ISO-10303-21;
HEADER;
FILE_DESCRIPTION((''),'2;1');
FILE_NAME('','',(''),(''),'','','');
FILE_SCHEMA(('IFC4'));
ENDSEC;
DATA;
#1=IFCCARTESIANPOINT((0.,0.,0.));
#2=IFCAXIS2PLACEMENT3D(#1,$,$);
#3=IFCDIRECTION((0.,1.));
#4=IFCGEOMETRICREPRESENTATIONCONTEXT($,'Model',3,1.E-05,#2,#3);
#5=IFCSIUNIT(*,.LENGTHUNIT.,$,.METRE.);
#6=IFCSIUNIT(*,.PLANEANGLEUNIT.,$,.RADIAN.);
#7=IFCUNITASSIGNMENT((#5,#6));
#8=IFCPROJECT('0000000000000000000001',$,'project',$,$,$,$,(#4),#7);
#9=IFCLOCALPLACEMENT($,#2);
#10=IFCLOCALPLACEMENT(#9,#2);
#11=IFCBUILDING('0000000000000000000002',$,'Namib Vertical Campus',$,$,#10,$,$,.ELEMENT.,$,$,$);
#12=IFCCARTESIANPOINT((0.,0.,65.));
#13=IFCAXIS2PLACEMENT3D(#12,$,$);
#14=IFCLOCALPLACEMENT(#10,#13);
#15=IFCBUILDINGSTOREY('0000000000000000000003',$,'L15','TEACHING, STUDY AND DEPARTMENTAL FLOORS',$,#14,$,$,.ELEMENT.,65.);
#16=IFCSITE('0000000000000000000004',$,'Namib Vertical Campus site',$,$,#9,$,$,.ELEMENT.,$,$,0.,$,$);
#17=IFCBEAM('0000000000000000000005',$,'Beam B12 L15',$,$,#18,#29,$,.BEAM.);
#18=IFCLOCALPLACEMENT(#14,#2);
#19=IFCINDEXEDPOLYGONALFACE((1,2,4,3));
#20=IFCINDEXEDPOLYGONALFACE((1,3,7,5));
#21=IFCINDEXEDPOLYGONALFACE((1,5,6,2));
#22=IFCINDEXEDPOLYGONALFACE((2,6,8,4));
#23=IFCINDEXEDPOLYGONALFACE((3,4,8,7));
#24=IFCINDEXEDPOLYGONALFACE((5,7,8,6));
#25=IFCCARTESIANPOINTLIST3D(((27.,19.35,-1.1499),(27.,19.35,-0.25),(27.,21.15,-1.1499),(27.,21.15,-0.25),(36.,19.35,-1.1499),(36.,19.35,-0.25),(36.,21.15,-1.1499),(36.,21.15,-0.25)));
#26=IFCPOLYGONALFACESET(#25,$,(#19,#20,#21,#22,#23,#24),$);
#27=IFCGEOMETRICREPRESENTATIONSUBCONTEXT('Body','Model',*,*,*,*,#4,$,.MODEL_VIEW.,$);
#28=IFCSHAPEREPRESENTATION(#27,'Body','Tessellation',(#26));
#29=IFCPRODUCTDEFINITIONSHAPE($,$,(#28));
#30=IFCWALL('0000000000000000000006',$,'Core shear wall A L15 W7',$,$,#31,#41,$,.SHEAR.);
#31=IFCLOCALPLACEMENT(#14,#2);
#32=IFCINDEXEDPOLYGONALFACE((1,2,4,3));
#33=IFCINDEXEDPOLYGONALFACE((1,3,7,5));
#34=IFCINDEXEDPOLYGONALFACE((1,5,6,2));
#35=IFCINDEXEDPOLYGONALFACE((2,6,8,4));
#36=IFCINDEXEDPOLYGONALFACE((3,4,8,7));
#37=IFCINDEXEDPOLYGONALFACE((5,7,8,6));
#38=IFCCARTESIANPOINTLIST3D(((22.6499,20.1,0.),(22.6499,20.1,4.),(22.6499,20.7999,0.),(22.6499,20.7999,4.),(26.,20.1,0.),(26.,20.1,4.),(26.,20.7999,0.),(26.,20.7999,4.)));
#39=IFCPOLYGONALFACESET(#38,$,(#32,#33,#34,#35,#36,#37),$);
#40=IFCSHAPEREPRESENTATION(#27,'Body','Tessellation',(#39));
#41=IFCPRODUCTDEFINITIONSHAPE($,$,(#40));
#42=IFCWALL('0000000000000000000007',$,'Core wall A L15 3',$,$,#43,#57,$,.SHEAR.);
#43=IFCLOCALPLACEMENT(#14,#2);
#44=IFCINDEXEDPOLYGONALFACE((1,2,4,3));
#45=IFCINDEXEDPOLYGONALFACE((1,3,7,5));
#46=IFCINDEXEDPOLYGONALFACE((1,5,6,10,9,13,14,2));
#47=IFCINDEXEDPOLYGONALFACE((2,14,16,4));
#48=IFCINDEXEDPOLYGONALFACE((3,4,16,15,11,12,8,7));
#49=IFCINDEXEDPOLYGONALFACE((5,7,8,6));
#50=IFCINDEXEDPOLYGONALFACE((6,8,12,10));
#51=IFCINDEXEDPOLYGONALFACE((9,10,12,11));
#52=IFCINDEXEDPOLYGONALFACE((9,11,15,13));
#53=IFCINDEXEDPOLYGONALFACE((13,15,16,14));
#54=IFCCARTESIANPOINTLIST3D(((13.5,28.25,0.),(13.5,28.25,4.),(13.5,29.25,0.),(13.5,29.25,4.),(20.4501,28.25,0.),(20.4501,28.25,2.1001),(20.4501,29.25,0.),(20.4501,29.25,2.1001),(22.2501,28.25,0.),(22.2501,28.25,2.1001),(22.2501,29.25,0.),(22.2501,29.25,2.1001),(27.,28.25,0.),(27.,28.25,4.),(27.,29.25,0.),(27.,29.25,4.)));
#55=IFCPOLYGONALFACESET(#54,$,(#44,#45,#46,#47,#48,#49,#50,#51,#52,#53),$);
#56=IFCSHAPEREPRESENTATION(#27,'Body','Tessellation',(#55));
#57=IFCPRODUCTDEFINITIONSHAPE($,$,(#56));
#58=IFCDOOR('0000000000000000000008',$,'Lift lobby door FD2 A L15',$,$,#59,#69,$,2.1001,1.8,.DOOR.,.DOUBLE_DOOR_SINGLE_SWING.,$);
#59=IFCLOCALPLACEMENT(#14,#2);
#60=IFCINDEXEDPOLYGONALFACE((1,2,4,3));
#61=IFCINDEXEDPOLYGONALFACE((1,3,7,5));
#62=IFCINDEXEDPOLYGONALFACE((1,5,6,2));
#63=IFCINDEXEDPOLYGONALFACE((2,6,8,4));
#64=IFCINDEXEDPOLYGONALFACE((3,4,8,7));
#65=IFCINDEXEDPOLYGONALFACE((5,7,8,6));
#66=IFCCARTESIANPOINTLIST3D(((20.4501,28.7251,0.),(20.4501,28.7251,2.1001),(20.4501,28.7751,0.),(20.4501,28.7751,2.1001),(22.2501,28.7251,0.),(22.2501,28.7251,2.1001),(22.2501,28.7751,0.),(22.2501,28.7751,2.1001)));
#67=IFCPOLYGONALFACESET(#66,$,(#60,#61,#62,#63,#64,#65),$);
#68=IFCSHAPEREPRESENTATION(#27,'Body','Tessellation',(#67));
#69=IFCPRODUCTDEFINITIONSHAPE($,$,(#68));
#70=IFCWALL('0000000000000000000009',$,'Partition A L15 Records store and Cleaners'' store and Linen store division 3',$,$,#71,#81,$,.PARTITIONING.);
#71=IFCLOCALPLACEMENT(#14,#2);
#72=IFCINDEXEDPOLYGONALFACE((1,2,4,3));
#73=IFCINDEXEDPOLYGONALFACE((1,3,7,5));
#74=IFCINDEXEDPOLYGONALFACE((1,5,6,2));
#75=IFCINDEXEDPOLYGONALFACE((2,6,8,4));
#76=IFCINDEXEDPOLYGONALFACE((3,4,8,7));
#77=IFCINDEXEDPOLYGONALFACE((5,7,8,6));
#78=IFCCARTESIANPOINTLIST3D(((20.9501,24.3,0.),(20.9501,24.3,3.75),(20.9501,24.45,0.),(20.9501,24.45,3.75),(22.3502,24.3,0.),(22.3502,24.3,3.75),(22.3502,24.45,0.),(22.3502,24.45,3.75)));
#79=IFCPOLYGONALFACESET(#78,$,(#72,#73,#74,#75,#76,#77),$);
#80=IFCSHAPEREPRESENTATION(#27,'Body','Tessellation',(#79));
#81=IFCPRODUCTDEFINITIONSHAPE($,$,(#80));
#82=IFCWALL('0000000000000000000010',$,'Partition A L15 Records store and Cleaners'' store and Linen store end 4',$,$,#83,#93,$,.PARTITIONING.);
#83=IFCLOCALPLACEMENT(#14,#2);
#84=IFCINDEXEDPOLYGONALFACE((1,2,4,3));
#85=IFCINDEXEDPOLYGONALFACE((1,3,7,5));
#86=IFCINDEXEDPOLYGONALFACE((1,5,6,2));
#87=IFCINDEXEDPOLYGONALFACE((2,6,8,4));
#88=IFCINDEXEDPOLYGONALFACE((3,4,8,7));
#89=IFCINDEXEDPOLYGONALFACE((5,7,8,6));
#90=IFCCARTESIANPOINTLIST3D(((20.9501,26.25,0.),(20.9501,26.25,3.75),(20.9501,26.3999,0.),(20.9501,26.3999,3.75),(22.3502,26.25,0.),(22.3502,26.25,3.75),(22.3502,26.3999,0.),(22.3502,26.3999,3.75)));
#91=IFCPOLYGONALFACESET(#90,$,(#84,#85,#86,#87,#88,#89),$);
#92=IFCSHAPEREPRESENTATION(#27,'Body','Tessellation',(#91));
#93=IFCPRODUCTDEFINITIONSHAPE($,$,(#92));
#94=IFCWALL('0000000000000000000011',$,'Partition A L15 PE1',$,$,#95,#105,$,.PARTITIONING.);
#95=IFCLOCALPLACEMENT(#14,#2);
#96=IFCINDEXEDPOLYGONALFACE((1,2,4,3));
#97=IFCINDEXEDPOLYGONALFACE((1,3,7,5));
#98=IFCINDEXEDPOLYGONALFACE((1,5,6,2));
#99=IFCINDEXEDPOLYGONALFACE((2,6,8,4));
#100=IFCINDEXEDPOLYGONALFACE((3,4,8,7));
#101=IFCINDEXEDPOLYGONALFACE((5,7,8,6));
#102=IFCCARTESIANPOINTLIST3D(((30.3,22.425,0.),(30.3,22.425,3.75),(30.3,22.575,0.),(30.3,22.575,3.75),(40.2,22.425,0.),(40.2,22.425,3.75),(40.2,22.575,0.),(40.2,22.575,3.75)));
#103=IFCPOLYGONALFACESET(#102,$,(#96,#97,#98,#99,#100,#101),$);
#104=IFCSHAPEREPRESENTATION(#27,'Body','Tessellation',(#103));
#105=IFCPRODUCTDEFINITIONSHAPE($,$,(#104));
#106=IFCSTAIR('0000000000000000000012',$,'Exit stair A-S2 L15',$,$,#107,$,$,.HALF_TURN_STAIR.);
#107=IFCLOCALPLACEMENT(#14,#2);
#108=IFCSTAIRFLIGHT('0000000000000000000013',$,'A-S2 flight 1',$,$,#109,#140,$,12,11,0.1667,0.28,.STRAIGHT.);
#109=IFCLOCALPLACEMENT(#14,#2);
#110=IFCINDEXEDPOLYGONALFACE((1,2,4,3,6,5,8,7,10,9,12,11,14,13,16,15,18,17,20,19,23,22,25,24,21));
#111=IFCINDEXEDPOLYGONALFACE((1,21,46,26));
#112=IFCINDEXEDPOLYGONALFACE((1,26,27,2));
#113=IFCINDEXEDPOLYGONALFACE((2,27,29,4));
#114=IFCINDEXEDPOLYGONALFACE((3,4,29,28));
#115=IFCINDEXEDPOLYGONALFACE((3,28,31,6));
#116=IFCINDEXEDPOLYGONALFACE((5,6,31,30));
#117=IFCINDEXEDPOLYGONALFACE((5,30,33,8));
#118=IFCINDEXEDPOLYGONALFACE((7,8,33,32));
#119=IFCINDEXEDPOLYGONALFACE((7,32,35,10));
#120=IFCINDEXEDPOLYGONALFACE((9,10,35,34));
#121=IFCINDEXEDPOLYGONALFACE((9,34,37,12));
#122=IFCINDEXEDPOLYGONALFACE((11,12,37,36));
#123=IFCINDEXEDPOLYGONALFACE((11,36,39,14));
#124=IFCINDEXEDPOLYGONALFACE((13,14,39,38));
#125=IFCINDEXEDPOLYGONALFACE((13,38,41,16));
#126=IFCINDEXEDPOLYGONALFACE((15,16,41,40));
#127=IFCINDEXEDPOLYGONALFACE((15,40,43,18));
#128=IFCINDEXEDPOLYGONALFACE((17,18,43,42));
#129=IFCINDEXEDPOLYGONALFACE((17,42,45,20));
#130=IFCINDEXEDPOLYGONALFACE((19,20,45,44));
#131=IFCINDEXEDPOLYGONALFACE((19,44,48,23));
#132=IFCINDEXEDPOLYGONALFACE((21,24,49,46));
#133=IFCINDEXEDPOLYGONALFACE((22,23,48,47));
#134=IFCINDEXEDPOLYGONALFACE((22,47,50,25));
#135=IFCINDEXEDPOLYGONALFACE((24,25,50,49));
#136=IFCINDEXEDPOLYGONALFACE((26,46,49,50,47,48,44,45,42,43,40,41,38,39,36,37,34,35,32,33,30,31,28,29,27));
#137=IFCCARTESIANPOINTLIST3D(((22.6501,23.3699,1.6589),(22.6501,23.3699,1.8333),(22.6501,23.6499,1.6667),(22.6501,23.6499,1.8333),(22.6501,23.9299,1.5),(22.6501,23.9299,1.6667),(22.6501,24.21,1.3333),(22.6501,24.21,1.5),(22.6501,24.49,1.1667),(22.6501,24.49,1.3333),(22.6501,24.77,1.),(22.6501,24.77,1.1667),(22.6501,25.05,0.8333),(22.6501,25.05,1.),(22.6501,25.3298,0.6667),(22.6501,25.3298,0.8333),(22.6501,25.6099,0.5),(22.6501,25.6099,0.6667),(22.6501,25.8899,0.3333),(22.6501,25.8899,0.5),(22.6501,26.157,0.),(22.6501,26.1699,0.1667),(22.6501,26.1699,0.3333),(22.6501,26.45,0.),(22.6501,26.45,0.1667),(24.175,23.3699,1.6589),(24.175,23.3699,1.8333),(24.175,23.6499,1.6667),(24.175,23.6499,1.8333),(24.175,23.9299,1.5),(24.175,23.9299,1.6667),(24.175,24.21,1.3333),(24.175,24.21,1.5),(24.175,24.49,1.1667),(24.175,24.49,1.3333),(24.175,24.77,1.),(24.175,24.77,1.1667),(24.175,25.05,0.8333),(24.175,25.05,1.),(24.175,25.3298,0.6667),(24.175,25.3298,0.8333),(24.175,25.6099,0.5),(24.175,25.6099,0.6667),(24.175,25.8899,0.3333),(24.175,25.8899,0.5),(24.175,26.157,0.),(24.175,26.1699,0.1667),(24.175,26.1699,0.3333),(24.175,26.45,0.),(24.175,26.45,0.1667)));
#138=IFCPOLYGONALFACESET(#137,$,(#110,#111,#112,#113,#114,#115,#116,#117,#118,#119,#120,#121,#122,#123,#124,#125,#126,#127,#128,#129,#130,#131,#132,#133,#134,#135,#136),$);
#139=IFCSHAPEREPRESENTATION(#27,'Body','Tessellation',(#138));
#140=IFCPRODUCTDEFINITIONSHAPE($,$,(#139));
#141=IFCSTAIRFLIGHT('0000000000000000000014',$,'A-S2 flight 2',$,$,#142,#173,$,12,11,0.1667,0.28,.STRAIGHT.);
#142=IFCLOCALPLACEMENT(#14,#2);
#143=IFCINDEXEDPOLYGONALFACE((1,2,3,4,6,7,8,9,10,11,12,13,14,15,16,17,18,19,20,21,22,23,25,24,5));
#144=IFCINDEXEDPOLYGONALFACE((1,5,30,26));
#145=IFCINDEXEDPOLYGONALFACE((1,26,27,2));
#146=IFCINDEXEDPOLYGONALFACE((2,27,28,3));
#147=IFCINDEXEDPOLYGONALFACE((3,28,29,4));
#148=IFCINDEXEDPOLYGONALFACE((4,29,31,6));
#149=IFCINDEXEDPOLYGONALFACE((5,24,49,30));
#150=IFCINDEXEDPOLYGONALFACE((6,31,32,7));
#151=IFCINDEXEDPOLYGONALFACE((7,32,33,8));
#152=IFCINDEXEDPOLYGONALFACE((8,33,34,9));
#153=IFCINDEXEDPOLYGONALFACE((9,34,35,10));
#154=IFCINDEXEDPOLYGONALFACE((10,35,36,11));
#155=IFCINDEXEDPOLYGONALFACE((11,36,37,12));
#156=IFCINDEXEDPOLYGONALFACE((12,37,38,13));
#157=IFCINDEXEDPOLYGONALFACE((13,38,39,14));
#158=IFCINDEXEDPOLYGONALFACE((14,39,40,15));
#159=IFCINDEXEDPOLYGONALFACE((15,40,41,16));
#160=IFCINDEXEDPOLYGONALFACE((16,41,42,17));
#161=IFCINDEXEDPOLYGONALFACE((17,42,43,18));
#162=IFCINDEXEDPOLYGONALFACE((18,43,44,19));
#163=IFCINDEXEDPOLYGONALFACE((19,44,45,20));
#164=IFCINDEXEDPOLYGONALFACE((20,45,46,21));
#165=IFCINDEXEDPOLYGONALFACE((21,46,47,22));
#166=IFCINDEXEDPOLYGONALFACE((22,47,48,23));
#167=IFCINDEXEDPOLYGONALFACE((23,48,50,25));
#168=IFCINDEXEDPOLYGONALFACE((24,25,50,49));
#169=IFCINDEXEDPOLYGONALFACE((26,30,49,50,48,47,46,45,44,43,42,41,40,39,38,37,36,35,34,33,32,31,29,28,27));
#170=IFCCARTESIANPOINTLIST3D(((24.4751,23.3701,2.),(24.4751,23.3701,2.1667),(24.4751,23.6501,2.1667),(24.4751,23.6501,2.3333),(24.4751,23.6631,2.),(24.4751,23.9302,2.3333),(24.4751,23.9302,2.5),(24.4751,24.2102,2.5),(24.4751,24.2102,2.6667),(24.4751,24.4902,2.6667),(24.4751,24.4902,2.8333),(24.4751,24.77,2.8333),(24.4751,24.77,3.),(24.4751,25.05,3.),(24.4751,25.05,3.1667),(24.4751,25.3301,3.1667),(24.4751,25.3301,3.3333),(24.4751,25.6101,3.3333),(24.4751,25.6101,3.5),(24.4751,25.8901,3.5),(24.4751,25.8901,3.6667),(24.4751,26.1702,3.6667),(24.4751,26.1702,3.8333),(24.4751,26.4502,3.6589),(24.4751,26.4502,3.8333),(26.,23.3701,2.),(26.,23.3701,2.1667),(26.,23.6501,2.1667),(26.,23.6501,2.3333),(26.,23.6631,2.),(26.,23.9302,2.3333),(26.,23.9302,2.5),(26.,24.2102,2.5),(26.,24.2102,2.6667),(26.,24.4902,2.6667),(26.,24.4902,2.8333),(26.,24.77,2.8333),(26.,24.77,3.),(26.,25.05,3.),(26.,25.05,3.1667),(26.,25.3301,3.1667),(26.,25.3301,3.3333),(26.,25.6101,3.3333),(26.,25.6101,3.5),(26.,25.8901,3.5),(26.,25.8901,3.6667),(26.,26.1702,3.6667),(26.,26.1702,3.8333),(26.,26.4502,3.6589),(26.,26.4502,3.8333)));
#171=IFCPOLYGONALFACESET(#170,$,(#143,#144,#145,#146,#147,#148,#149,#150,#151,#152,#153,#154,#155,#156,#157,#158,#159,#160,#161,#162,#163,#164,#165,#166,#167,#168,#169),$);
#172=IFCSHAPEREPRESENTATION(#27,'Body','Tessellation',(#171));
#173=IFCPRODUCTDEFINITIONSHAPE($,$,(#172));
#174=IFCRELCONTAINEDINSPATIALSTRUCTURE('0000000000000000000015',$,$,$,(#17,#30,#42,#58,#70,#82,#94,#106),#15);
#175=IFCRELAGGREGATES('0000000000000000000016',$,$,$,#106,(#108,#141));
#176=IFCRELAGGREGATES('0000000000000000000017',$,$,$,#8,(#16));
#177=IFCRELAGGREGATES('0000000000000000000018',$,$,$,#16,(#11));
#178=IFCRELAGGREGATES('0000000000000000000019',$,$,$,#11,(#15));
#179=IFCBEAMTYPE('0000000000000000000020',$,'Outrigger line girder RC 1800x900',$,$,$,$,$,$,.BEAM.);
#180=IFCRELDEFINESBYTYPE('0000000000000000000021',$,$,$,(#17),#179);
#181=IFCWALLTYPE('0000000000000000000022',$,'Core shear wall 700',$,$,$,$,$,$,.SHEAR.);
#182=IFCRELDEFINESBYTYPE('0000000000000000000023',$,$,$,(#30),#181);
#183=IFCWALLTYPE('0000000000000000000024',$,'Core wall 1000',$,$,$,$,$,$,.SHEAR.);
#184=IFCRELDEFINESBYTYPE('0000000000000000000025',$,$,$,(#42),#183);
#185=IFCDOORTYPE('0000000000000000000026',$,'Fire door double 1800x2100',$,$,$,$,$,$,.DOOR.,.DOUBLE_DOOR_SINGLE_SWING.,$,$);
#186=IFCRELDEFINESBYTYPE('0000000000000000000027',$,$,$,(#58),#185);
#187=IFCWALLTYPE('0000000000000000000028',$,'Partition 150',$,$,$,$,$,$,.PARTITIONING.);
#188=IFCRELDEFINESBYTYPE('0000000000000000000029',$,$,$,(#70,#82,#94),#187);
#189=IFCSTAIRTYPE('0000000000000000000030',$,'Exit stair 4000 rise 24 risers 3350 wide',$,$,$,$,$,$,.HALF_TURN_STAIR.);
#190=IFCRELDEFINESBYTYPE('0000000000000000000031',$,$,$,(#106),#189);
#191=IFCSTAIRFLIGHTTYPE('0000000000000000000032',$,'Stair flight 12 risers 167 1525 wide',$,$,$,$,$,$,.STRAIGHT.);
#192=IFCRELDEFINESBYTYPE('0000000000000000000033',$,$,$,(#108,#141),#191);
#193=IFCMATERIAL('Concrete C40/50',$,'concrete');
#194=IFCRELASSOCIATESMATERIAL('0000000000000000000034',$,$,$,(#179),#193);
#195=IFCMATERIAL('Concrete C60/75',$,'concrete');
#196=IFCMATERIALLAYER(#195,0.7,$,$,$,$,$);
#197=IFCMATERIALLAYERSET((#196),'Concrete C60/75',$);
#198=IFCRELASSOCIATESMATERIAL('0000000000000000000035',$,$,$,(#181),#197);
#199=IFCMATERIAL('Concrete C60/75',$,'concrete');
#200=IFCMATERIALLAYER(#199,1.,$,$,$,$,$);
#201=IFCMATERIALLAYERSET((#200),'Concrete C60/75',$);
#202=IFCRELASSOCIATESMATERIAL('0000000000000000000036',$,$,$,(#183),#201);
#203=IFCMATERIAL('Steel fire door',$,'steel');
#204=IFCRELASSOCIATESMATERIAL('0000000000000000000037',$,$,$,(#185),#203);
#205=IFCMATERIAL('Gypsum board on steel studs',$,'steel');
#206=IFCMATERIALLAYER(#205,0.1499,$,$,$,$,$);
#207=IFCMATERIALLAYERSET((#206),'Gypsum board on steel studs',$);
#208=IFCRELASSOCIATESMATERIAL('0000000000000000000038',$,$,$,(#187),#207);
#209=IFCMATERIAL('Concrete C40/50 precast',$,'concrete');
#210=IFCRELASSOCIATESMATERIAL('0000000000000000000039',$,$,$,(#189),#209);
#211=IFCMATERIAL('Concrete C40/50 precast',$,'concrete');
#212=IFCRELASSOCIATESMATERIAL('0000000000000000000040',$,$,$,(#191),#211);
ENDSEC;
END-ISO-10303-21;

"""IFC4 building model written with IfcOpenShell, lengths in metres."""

from ifc_helpers import new_model, si_unit, direction, frame, frame_2d, origin, origin_2d, place, context, subcontext, project, spatial, polyline, rectangle, outline, extrude, material, layer, layer_set, material_profile, profile_set, type_object, element, fill, aggregate, save


model = new_model("IFC4")

# Units and contexts
model_context = context("Model", 3, precision=1e-05, world=origin(), true_north=direction((0.0, 1.0)))
body_context = subcontext(model_context, "Body", "Model", "MODEL_VIEW")
ifc_project = project(units=[si_unit("LENGTHUNIT", "METRE"), si_unit("PLANEANGLEUNIT", "RADIAN")], contexts=[model_context])

# Site, building, storey
site_placement = place(None, origin())
site = spatial("IfcSite", under=ifc_project, at=site_placement, Name="Namib Vertical Campus site", CompositionType="ELEMENT", RefElevation=0.0)
building_placement = place(site_placement, origin())
building = spatial("IfcBuilding", under=site, at=building_placement, Name="Namib Vertical Campus", CompositionType="ELEMENT")
storey_placement = place(building_placement, frame((0.0, 0.0, 65.0)))
storey = spatial("IfcBuildingStorey", under=building, at=storey_placement, Name="L15", Description="TEACHING, STUDY AND DEPARTMENTAL FLOORS", CompositionType="ELEMENT", Elevation=65.0)

# Beam
ifc_material_1 = material(Name="Concrete C40/50", Category="concrete")
ifc_material_profile_1 = material_profile(ifc_material_1, rectangle(XDim=1.8, YDim=0.8999, at=origin_2d()))
ifc_profile_set_1 = profile_set([ifc_material_profile_1], Name="Concrete C40/50")
beam_type_1 = type_object("IfcBeamType", Name="Outrigger line girder RC 1800x900", PredefinedType="BEAM", material=ifc_profile_set_1)
beam_1_placement = place(storey_placement, frame((36.0, 20.25, -0.7), z_axis=(-1.0, 0.0, 0.0), x_axis=(0.0, -1.0, 0.0)))
element("IfcBeam", 1, at=beam_1_placement, inside=storey, type_object=beam_type_1, Name="Beam B12 L15", PredefinedType="BEAM", context=body_context, shape_type="SweptSolid", body=[
    extrude(rectangle(XDim=1.8, YDim=0.8999, at=origin_2d()), origin(), (0.0, 0.0, 1.0), 9.0),
])

# Wall
ifc_material_2 = material(Name="Concrete C60/75", Category="concrete")
ifc_layer_1 = layer(ifc_material_2, 0.7)
ifc_layer_set_1 = layer_set([ifc_layer_1], Name="Concrete C60/75")
wall_type_1 = type_object("IfcWallType", Name="Core shear wall 700", PredefinedType="SHEAR", material=ifc_layer_set_1)
wall_1_placement = place(storey_placement, frame((22.6499, 20.45, 0.0), z_axis=(0.0, 0.0, 1.0), x_axis=(1.0, 0.0, 0.0)))
element("IfcWall", 2, at=wall_1_placement, inside=storey, type_object=wall_type_1, Name="Core shear wall A L15 W7", PredefinedType="SHEAR", context=body_context, shape_type="SweptSolid", body=[
    extrude(rectangle(XDim=3.3501, YDim=0.7, at=frame_2d((1.675, 0.0))), origin(), (0.0, 0.0, 1.0), 4.0),
])

# Wall, opening, door
ifc_material_3 = material(Name="Concrete C60/75", Category="concrete")
ifc_layer_2 = layer(ifc_material_3, 1.0)
ifc_layer_set_2 = layer_set([ifc_layer_2], Name="Concrete C60/75")
wall_type_2 = type_object("IfcWallType", Name="Core wall 1000", PredefinedType="SHEAR", material=ifc_layer_set_2)
wall_2_placement = place(storey_placement, frame((27.0, 28.75, 0.0), z_axis=(0.0, 0.0, 1.0), x_axis=(-1.0, 0.0, 0.0)))
wall_2 = element("IfcWall", 3, at=wall_2_placement, inside=storey, type_object=wall_type_2, Name="Core wall A L15 3", PredefinedType="SHEAR", context=body_context, shape_type="SweptSolid", body=[
    extrude(rectangle(XDim=13.5, YDim=1.0, at=frame_2d((6.75, 0.0))), origin(), (0.0, 0.0, 1.0), 4.0),
])
opening_placement = place(wall_2_placement, frame((4.75, 0.0, 0.0)))
opening = element("IfcOpeningElement", 4, at=opening_placement, cuts=wall_2, PredefinedType="OPENING", context=body_context, shape_type="SweptSolid", body=[
    extrude(rectangle(XDim=1.8, YDim=2.1001, at=frame_2d((0.8999, 1.05))), frame((0.0, 0.51, 0.0), z_axis=(0.0, -1.0, 0.0), x_axis=(1.0, 0.0, 0.0)), (0.0, 0.0, 1.0), 1.02),
])
ifc_material_4 = material(Name="Steel fire door", Category="steel")
door_type = type_object("IfcDoorType", Name="Fire door double 1800x2100", OperationType="DOUBLE_DOOR_SINGLE_SWING", PredefinedType="DOOR", material=ifc_material_4)
door_placement = place(opening_placement, origin())
door = element("IfcDoor", 5, at=door_placement, inside=storey, type_object=door_type, Name="Lift lobby door FD2 A L15", OperationType="DOUBLE_DOOR_SINGLE_SWING", OverallHeight=2.1001, OverallWidth=1.8, PredefinedType="DOOR", context=body_context, shape_type="SweptSolid", body=[
    extrude(rectangle(XDim=1.8, YDim=2.1001, at=frame_2d((0.8999, 1.05))), frame((0.0, 0.0249, 0.0), z_axis=(0.0, -1.0, 0.0), x_axis=(1.0, 0.0, 0.0)), (0.0, 0.0, 1.0), 0.05),
])
fill(opening, door)

# Walls
ifc_material_5 = material(Name="Gypsum board on steel studs", Category="steel")
ifc_layer_3 = layer(ifc_material_5, 0.1499)
ifc_layer_set_3 = layer_set([ifc_layer_3], Name="Gypsum board on steel studs")
wall_type_3 = type_object("IfcWallType", Name="Partition 150", PredefinedType="PARTITIONING", material=ifc_layer_set_3)
for number, where, z_axis, x_axis, name in (
    (6, (20.95, 24.375, 0.0), (0.0, 0.0, 1.0), (1.0, 0.0, 0.0), "Partition A L15 Records store and Cleaners' store and Linen store division 3"),
    (7, (20.95, 26.325, 0.0), (0.0, 0.0, 1.0), (1.0, 0.0, 0.0), "Partition A L15 Records store and Cleaners' store and Linen store end 4"),
):
    element("IfcWall", number, at=place(storey_placement, frame(where, z_axis=z_axis, x_axis=x_axis)), inside=storey, type_object=wall_type_3, Name=name, PredefinedType="PARTITIONING", context=body_context, shape_type="SweptSolid", body=[
        extrude(rectangle(XDim=1.4001, YDim=0.1499, at=frame_2d((0.7002, 0.0))), origin(), (0.0, 0.0, 1.0), 3.75),
    ])
wall_3_placement = place(storey_placement, frame((30.3, 22.5, 0.0), z_axis=(0.0, 0.0, 1.0), x_axis=(1.0, 0.0, 0.0)))
element("IfcWall", 8, at=wall_3_placement, inside=storey, type_object=wall_type_3, Name="Partition A L15 PE1", PredefinedType="PARTITIONING", context=body_context, shape_type="SweptSolid", body=[
    extrude(rectangle(XDim=9.8999, YDim=0.1499, at=frame_2d((4.95, 0.0))), origin(), (0.0, 0.0, 1.0), 3.75),
])

# Stair, stair flights
ifc_material_6 = material(Name="Concrete C40/50 precast", Category="concrete")
stair_type = type_object("IfcStairType", Name="Exit stair 4000 rise 24 risers 3350 wide", PredefinedType="HALF_TURN_STAIR", material=ifc_material_6)
stair_placement = place(storey_placement, origin())
stair = element("IfcStair", 9, at=stair_placement, inside=storey, type_object=stair_type, Name="Exit stair A-S2 L15", PredefinedType="HALF_TURN_STAIR")
ifc_material_7 = material(Name="Concrete C40/50 precast", Category="concrete")
stair_flight_type = type_object("IfcStairFlightType", Name="Stair flight 12 risers 167 1525 wide", PredefinedType="STRAIGHT", material=ifc_material_7)
stair_flight_1_placement = place(storey_placement, frame((23.4126, 26.45, 0.0), z_axis=(0.0, 0.0, 1.0), x_axis=(0.0, -1.0, 0.0)))
stair_flight_1 = element("IfcStairFlight", 10, at=stair_flight_1_placement, type_object=stair_flight_type, Name="A-S2 flight 1", NumberOfRisers=12, NumberOfTreads=11, PredefinedType="STRAIGHT", RiserHeight=0.1667, TreadLength=0.28, context=body_context, shape_type="SweptSolid", body=[
    extrude(outline(polyline([(0.0, 0.0), (0.0, 0.1667), (0.28, 0.1667), (0.28, 0.3333), (0.5601, 0.3333), (0.5601, 0.5), (0.8401, 0.5), (0.8401, 0.6667), (1.1201, 0.6667), (1.1201, 0.8333), (1.3999, 0.8333), (1.3999, 1.0), (1.6799, 1.0), (1.6799, 1.1667), (1.96, 1.1667), (1.96, 1.3333), (2.24, 1.3333), (2.24, 1.5), (2.52, 1.5), (2.52, 1.6667), (2.8, 1.6667), (2.8, 1.8333), (3.0801, 1.8333), (3.0801, 2.0), (3.0801, 1.6589), (0.293, 0.0), (0.0, 0.0)])), frame((0.0, 0.7625, 0.0), z_axis=(0.0, -1.0, 0.0), x_axis=(1.0, 0.0, 0.0)), (0.0, 0.0, 1.0), 1.5249),
])
stair_flight_2_placement = place(storey_placement, frame((25.2375, 23.3701, 2.0), z_axis=(0.0, 0.0, 1.0), x_axis=(0.0, 1.0, 0.0)))
stair_flight_2 = element("IfcStairFlight", 11, at=stair_flight_2_placement, type_object=stair_flight_type, Name="A-S2 flight 2", NumberOfRisers=12, NumberOfTreads=11, PredefinedType="STRAIGHT", RiserHeight=0.1667, TreadLength=0.28, context=body_context, shape_type="SweptSolid", body=[
    extrude(outline(polyline([(0.0, 0.0), (0.0, 0.1667), (0.28, 0.1667), (0.28, 0.3333), (0.5601, 0.3333), (0.5601, 0.5), (0.8401, 0.5), (0.8401, 0.6667), (1.1201, 0.6667), (1.1201, 0.8333), (1.3999, 0.8333), (1.3999, 1.0), (1.6799, 1.0), (1.6799, 1.1667), (1.96, 1.1667), (1.96, 1.3333), (2.24, 1.3333), (2.24, 1.5), (2.52, 1.5), (2.52, 1.6667), (2.8, 1.6667), (2.8, 1.8333), (3.0801, 1.8333), (3.0801, 2.0), (3.0801, 1.6589), (0.293, 0.0), (0.0, 0.0)])), frame((0.0, 0.7625, 0.0), z_axis=(0.0, -1.0, 0.0), x_axis=(1.0, 0.0, 0.0)), (0.0, 0.0, 1.0), 1.5249),
])
aggregate(stair, [stair_flight_1, stair_flight_2])

save(model, "model.ifc")
